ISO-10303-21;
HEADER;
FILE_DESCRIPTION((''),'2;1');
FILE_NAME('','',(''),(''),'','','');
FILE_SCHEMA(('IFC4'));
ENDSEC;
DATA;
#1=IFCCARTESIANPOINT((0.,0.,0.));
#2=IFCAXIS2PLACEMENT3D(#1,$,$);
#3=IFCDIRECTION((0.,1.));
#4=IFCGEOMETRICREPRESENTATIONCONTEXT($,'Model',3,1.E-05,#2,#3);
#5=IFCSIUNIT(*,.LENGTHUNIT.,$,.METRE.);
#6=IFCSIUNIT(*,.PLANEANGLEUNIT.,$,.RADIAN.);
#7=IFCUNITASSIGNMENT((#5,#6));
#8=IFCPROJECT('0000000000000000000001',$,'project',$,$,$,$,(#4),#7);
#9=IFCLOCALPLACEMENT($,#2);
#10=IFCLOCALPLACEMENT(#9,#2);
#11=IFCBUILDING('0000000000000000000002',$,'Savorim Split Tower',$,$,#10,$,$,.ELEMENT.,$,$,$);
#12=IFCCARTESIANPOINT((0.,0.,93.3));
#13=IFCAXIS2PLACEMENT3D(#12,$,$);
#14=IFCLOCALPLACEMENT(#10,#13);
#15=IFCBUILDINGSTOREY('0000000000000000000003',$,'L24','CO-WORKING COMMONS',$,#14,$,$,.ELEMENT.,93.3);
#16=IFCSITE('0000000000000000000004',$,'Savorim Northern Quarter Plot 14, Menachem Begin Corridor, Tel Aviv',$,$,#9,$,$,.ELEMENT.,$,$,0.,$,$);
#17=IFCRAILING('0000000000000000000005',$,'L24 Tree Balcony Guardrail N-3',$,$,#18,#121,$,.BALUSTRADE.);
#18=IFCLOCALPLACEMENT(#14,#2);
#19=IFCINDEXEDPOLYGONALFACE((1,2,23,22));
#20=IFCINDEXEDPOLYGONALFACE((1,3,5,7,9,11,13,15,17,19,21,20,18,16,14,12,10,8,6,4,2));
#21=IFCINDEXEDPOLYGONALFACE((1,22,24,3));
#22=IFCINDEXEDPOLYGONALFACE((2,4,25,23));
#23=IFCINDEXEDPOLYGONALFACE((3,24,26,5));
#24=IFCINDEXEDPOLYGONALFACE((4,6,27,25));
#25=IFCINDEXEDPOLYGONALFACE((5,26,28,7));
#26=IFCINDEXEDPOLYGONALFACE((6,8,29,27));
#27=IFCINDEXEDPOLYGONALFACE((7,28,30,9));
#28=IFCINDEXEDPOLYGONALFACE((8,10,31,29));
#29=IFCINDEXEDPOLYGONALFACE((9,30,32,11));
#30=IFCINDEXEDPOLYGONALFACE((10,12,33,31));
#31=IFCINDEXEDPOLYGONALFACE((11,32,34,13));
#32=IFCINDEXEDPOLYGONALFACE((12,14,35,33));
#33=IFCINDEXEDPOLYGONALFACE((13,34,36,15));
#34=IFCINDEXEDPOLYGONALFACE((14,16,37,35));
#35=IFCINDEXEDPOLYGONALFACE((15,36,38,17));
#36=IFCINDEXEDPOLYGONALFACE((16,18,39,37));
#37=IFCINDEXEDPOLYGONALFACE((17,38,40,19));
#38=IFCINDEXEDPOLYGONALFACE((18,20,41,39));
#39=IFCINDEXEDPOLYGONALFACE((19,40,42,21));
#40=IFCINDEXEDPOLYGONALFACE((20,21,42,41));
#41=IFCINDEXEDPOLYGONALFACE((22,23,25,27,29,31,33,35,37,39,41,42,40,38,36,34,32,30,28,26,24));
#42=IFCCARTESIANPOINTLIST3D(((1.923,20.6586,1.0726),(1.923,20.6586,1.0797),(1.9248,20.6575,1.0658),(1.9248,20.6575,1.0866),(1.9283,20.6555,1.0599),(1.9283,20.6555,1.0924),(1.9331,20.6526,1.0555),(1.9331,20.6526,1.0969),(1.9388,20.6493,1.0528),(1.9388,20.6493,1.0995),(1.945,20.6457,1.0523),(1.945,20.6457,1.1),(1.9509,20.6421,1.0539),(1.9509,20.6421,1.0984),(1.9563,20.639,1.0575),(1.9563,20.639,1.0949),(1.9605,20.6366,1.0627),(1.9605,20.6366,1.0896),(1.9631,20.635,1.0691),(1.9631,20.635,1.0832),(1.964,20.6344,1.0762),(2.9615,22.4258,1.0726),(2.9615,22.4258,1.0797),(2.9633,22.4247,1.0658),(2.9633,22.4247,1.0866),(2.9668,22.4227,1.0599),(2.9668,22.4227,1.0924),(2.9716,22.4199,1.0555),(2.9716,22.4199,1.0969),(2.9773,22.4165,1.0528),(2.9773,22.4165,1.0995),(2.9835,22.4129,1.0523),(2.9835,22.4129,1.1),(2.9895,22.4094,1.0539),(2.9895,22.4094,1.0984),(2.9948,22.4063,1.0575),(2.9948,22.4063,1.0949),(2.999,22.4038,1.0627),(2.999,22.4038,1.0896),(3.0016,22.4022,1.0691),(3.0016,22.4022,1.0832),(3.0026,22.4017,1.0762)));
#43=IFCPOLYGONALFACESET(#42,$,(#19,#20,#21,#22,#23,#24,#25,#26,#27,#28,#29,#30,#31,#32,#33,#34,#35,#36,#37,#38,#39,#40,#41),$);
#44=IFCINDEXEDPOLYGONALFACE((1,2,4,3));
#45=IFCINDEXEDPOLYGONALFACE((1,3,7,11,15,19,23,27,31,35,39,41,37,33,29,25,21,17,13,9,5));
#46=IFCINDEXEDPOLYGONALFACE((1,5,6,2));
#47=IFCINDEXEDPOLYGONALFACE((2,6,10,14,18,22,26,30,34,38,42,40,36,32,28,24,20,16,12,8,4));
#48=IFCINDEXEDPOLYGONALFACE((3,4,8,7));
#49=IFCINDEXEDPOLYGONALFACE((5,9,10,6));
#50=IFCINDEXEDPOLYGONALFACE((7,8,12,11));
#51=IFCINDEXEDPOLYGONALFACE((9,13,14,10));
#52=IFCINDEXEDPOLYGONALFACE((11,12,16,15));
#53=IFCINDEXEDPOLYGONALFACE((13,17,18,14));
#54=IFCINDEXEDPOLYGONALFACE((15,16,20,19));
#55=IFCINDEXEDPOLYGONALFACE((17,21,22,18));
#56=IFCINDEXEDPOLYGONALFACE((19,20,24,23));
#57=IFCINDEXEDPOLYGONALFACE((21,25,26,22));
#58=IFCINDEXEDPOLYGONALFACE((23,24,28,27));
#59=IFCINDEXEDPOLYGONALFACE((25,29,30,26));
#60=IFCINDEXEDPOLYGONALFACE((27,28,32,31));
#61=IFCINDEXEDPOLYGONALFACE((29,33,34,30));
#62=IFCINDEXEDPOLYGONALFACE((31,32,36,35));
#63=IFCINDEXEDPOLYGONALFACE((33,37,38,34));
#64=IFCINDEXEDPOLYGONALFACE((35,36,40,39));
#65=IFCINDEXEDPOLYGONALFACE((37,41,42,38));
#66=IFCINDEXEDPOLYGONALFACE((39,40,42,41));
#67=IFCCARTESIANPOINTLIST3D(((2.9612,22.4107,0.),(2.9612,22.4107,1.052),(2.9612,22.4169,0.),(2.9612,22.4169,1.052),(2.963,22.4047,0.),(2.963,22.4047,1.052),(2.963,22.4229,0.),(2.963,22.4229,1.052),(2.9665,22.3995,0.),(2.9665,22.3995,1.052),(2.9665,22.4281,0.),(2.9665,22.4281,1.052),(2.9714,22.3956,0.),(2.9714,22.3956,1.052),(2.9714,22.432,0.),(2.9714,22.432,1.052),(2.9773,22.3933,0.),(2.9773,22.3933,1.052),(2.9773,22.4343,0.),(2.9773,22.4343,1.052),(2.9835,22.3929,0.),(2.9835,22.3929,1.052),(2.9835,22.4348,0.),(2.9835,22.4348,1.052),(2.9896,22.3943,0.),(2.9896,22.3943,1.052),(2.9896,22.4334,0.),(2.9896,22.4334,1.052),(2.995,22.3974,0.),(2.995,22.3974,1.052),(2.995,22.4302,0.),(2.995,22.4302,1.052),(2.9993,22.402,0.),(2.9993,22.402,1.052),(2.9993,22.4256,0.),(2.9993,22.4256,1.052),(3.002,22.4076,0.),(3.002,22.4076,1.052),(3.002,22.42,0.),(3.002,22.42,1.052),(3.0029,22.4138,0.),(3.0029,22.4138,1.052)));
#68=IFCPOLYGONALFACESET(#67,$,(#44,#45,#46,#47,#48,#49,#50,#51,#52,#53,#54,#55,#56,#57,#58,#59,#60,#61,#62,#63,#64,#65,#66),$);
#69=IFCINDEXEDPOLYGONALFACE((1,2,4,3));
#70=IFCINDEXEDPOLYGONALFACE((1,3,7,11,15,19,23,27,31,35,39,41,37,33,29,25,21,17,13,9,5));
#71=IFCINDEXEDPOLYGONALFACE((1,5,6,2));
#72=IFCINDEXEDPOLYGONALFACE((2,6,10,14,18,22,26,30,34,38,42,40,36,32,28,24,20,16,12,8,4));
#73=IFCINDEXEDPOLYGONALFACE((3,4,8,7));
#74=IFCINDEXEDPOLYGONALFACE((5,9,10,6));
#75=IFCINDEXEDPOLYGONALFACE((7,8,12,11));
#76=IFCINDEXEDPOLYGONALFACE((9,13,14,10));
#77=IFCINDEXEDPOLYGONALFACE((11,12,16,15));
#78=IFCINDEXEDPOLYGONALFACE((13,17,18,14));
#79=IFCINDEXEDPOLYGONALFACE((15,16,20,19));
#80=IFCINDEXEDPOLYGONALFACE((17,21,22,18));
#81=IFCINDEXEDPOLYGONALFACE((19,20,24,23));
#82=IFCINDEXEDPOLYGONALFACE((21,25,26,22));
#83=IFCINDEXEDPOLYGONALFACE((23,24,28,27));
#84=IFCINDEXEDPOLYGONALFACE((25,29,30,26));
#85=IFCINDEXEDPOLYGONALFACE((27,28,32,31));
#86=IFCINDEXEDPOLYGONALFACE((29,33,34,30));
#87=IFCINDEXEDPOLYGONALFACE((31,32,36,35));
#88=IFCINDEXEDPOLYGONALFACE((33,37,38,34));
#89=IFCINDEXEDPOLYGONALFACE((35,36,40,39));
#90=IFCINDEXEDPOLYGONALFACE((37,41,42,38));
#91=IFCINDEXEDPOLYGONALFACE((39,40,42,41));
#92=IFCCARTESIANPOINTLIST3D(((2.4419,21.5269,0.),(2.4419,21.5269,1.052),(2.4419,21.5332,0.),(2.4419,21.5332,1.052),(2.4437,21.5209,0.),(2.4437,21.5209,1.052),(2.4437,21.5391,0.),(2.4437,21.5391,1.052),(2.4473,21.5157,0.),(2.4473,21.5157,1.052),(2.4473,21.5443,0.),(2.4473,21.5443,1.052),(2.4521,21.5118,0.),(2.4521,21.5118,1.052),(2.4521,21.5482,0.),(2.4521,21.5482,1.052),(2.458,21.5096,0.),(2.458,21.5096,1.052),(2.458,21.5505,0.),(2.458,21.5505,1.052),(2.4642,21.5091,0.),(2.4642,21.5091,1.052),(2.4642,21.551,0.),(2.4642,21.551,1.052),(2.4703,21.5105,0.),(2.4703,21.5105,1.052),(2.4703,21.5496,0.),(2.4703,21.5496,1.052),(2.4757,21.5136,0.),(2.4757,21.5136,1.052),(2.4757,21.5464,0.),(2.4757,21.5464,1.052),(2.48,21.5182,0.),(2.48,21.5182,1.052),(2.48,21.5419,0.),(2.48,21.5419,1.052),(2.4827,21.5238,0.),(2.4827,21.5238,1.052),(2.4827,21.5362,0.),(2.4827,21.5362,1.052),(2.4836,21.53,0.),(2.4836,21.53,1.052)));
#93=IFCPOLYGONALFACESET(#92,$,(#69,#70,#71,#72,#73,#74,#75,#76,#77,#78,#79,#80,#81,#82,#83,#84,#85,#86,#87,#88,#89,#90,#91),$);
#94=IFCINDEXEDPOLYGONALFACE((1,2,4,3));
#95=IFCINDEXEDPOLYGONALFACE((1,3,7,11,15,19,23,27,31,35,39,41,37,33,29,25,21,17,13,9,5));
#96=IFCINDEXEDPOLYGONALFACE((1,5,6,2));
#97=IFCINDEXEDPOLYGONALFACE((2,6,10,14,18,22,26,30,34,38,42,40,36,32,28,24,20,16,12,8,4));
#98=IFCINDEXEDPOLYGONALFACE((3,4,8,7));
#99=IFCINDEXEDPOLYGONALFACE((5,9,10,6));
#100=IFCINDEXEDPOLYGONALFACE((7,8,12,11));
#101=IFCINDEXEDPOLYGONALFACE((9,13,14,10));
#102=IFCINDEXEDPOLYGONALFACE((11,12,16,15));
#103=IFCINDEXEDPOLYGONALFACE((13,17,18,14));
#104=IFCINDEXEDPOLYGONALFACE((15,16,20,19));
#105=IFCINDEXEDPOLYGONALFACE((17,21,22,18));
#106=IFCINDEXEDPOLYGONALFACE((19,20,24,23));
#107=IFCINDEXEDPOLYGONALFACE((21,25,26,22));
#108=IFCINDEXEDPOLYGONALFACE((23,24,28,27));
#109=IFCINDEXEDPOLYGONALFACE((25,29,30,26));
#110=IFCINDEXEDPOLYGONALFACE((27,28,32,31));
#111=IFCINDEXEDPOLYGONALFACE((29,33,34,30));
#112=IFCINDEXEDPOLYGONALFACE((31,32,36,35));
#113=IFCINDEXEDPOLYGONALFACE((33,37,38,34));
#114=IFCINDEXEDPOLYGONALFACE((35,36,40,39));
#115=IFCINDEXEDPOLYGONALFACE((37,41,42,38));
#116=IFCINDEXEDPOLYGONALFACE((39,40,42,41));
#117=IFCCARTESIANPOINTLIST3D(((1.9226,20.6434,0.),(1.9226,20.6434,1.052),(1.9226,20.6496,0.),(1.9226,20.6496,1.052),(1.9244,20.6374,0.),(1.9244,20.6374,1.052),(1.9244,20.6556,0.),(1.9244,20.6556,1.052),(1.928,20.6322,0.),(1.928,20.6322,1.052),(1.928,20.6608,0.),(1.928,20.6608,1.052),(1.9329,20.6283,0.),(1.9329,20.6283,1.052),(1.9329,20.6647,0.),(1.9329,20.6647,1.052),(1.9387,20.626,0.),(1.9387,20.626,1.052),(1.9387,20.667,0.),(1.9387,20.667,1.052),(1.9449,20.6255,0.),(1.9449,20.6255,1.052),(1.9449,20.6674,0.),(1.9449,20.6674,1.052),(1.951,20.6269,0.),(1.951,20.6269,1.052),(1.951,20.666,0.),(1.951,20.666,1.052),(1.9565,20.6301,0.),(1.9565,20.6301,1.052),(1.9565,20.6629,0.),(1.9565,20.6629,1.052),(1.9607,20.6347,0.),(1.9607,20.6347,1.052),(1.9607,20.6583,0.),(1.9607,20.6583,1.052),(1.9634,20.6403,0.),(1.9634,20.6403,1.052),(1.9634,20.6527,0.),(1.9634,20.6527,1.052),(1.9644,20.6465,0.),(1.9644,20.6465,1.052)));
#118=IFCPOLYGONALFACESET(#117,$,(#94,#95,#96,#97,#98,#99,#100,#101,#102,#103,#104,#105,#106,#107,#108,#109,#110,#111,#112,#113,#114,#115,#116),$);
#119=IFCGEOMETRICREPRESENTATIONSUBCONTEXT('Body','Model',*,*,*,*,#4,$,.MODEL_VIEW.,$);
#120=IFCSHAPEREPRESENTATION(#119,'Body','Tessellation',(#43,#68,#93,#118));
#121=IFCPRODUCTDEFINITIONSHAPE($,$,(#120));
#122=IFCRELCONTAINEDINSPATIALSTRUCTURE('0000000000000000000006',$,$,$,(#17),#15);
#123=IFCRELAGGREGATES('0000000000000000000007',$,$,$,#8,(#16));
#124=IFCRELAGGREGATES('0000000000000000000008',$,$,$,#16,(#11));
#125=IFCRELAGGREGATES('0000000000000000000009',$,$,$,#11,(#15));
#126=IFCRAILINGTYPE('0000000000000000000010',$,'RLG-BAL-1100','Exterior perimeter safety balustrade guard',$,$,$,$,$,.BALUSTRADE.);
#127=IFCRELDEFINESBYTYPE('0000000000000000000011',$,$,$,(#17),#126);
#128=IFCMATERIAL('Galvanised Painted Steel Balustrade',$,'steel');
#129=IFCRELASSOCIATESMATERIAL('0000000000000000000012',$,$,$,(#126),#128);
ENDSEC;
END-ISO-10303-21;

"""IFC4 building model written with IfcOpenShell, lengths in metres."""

from ifc_helpers import new_model, si_unit, direction, frame, origin, origin_2d, place, context, subcontext, project, spatial, circle, extrude, material, type_object, element, save


model = new_model("IFC4")

# Units and contexts
model_context = context("Model", 3, precision=1e-05, world=origin(), true_north=direction((0.0, 1.0)))
body_context = subcontext(model_context, "Body", "Model", "MODEL_VIEW")
ifc_project = project(units=[si_unit("LENGTHUNIT", "METRE"), si_unit("PLANEANGLEUNIT", "RADIAN")], contexts=[model_context])

# Site, building, storey
site_placement = place(None, origin())
site = spatial("IfcSite", under=ifc_project, at=site_placement, Name="Savorim Northern Quarter Plot 14, Menachem Begin Corridor, Tel Aviv", CompositionType="ELEMENT", RefElevation=0.0)
building_placement = place(site_placement, origin())
building = spatial("IfcBuilding", under=site, at=building_placement, Name="Savorim Split Tower", CompositionType="ELEMENT")
storey_placement = place(building_placement, frame((0.0, 0.0, 93.3)))
storey = spatial("IfcBuildingStorey", under=building, at=storey_placement, Name="L24", Description="CO-WORKING COMMONS", CompositionType="ELEMENT", Elevation=93.3)

# Railing
ifc_material_1 = material(Name="Galvanised Painted Steel Balustrade", Category="steel")
railing_type_1 = type_object("IfcRailingType", Name="RLG-BAL-1100", Description="Exterior perimeter safety balustrade guard", PredefinedType="BALUSTRADE", material=ifc_material_1)
railing_1_placement = place(storey_placement, frame((2.9819, 22.4138, 0.0)))
element("IfcRailing", 1, at=railing_1_placement, inside=storey, type_object=railing_type_1, Name="L24 Tree Balcony Guardrail N-3", PredefinedType="BALUSTRADE", context=body_context, shape_type="SweptSolid", body=[
    extrude(circle(Radius=0.0239, at=origin_2d()), frame((0.0, 0.0, 1.0762), z_axis=(-0.506645, -0.862155, 0.0), x_axis=(0.862155, -0.506645, 0.0)), (0.0, 0.0, 1.0), 2.0498),
    extrude(circle(Radius=0.021, at=origin_2d()), origin(), (0.0, 0.0, 1.0), 1.052),
    extrude(circle(Radius=0.021, at=origin_2d()), frame((-0.5193, -0.8838, 0.0)), (0.0, 0.0, 1.0), 1.052),
    extrude(circle(Radius=0.021, at=origin_2d()), frame((-1.0386, -1.7673, 0.0)), (0.0, 0.0, 1.0), 1.052),
])

save(model, "model.ifc")
